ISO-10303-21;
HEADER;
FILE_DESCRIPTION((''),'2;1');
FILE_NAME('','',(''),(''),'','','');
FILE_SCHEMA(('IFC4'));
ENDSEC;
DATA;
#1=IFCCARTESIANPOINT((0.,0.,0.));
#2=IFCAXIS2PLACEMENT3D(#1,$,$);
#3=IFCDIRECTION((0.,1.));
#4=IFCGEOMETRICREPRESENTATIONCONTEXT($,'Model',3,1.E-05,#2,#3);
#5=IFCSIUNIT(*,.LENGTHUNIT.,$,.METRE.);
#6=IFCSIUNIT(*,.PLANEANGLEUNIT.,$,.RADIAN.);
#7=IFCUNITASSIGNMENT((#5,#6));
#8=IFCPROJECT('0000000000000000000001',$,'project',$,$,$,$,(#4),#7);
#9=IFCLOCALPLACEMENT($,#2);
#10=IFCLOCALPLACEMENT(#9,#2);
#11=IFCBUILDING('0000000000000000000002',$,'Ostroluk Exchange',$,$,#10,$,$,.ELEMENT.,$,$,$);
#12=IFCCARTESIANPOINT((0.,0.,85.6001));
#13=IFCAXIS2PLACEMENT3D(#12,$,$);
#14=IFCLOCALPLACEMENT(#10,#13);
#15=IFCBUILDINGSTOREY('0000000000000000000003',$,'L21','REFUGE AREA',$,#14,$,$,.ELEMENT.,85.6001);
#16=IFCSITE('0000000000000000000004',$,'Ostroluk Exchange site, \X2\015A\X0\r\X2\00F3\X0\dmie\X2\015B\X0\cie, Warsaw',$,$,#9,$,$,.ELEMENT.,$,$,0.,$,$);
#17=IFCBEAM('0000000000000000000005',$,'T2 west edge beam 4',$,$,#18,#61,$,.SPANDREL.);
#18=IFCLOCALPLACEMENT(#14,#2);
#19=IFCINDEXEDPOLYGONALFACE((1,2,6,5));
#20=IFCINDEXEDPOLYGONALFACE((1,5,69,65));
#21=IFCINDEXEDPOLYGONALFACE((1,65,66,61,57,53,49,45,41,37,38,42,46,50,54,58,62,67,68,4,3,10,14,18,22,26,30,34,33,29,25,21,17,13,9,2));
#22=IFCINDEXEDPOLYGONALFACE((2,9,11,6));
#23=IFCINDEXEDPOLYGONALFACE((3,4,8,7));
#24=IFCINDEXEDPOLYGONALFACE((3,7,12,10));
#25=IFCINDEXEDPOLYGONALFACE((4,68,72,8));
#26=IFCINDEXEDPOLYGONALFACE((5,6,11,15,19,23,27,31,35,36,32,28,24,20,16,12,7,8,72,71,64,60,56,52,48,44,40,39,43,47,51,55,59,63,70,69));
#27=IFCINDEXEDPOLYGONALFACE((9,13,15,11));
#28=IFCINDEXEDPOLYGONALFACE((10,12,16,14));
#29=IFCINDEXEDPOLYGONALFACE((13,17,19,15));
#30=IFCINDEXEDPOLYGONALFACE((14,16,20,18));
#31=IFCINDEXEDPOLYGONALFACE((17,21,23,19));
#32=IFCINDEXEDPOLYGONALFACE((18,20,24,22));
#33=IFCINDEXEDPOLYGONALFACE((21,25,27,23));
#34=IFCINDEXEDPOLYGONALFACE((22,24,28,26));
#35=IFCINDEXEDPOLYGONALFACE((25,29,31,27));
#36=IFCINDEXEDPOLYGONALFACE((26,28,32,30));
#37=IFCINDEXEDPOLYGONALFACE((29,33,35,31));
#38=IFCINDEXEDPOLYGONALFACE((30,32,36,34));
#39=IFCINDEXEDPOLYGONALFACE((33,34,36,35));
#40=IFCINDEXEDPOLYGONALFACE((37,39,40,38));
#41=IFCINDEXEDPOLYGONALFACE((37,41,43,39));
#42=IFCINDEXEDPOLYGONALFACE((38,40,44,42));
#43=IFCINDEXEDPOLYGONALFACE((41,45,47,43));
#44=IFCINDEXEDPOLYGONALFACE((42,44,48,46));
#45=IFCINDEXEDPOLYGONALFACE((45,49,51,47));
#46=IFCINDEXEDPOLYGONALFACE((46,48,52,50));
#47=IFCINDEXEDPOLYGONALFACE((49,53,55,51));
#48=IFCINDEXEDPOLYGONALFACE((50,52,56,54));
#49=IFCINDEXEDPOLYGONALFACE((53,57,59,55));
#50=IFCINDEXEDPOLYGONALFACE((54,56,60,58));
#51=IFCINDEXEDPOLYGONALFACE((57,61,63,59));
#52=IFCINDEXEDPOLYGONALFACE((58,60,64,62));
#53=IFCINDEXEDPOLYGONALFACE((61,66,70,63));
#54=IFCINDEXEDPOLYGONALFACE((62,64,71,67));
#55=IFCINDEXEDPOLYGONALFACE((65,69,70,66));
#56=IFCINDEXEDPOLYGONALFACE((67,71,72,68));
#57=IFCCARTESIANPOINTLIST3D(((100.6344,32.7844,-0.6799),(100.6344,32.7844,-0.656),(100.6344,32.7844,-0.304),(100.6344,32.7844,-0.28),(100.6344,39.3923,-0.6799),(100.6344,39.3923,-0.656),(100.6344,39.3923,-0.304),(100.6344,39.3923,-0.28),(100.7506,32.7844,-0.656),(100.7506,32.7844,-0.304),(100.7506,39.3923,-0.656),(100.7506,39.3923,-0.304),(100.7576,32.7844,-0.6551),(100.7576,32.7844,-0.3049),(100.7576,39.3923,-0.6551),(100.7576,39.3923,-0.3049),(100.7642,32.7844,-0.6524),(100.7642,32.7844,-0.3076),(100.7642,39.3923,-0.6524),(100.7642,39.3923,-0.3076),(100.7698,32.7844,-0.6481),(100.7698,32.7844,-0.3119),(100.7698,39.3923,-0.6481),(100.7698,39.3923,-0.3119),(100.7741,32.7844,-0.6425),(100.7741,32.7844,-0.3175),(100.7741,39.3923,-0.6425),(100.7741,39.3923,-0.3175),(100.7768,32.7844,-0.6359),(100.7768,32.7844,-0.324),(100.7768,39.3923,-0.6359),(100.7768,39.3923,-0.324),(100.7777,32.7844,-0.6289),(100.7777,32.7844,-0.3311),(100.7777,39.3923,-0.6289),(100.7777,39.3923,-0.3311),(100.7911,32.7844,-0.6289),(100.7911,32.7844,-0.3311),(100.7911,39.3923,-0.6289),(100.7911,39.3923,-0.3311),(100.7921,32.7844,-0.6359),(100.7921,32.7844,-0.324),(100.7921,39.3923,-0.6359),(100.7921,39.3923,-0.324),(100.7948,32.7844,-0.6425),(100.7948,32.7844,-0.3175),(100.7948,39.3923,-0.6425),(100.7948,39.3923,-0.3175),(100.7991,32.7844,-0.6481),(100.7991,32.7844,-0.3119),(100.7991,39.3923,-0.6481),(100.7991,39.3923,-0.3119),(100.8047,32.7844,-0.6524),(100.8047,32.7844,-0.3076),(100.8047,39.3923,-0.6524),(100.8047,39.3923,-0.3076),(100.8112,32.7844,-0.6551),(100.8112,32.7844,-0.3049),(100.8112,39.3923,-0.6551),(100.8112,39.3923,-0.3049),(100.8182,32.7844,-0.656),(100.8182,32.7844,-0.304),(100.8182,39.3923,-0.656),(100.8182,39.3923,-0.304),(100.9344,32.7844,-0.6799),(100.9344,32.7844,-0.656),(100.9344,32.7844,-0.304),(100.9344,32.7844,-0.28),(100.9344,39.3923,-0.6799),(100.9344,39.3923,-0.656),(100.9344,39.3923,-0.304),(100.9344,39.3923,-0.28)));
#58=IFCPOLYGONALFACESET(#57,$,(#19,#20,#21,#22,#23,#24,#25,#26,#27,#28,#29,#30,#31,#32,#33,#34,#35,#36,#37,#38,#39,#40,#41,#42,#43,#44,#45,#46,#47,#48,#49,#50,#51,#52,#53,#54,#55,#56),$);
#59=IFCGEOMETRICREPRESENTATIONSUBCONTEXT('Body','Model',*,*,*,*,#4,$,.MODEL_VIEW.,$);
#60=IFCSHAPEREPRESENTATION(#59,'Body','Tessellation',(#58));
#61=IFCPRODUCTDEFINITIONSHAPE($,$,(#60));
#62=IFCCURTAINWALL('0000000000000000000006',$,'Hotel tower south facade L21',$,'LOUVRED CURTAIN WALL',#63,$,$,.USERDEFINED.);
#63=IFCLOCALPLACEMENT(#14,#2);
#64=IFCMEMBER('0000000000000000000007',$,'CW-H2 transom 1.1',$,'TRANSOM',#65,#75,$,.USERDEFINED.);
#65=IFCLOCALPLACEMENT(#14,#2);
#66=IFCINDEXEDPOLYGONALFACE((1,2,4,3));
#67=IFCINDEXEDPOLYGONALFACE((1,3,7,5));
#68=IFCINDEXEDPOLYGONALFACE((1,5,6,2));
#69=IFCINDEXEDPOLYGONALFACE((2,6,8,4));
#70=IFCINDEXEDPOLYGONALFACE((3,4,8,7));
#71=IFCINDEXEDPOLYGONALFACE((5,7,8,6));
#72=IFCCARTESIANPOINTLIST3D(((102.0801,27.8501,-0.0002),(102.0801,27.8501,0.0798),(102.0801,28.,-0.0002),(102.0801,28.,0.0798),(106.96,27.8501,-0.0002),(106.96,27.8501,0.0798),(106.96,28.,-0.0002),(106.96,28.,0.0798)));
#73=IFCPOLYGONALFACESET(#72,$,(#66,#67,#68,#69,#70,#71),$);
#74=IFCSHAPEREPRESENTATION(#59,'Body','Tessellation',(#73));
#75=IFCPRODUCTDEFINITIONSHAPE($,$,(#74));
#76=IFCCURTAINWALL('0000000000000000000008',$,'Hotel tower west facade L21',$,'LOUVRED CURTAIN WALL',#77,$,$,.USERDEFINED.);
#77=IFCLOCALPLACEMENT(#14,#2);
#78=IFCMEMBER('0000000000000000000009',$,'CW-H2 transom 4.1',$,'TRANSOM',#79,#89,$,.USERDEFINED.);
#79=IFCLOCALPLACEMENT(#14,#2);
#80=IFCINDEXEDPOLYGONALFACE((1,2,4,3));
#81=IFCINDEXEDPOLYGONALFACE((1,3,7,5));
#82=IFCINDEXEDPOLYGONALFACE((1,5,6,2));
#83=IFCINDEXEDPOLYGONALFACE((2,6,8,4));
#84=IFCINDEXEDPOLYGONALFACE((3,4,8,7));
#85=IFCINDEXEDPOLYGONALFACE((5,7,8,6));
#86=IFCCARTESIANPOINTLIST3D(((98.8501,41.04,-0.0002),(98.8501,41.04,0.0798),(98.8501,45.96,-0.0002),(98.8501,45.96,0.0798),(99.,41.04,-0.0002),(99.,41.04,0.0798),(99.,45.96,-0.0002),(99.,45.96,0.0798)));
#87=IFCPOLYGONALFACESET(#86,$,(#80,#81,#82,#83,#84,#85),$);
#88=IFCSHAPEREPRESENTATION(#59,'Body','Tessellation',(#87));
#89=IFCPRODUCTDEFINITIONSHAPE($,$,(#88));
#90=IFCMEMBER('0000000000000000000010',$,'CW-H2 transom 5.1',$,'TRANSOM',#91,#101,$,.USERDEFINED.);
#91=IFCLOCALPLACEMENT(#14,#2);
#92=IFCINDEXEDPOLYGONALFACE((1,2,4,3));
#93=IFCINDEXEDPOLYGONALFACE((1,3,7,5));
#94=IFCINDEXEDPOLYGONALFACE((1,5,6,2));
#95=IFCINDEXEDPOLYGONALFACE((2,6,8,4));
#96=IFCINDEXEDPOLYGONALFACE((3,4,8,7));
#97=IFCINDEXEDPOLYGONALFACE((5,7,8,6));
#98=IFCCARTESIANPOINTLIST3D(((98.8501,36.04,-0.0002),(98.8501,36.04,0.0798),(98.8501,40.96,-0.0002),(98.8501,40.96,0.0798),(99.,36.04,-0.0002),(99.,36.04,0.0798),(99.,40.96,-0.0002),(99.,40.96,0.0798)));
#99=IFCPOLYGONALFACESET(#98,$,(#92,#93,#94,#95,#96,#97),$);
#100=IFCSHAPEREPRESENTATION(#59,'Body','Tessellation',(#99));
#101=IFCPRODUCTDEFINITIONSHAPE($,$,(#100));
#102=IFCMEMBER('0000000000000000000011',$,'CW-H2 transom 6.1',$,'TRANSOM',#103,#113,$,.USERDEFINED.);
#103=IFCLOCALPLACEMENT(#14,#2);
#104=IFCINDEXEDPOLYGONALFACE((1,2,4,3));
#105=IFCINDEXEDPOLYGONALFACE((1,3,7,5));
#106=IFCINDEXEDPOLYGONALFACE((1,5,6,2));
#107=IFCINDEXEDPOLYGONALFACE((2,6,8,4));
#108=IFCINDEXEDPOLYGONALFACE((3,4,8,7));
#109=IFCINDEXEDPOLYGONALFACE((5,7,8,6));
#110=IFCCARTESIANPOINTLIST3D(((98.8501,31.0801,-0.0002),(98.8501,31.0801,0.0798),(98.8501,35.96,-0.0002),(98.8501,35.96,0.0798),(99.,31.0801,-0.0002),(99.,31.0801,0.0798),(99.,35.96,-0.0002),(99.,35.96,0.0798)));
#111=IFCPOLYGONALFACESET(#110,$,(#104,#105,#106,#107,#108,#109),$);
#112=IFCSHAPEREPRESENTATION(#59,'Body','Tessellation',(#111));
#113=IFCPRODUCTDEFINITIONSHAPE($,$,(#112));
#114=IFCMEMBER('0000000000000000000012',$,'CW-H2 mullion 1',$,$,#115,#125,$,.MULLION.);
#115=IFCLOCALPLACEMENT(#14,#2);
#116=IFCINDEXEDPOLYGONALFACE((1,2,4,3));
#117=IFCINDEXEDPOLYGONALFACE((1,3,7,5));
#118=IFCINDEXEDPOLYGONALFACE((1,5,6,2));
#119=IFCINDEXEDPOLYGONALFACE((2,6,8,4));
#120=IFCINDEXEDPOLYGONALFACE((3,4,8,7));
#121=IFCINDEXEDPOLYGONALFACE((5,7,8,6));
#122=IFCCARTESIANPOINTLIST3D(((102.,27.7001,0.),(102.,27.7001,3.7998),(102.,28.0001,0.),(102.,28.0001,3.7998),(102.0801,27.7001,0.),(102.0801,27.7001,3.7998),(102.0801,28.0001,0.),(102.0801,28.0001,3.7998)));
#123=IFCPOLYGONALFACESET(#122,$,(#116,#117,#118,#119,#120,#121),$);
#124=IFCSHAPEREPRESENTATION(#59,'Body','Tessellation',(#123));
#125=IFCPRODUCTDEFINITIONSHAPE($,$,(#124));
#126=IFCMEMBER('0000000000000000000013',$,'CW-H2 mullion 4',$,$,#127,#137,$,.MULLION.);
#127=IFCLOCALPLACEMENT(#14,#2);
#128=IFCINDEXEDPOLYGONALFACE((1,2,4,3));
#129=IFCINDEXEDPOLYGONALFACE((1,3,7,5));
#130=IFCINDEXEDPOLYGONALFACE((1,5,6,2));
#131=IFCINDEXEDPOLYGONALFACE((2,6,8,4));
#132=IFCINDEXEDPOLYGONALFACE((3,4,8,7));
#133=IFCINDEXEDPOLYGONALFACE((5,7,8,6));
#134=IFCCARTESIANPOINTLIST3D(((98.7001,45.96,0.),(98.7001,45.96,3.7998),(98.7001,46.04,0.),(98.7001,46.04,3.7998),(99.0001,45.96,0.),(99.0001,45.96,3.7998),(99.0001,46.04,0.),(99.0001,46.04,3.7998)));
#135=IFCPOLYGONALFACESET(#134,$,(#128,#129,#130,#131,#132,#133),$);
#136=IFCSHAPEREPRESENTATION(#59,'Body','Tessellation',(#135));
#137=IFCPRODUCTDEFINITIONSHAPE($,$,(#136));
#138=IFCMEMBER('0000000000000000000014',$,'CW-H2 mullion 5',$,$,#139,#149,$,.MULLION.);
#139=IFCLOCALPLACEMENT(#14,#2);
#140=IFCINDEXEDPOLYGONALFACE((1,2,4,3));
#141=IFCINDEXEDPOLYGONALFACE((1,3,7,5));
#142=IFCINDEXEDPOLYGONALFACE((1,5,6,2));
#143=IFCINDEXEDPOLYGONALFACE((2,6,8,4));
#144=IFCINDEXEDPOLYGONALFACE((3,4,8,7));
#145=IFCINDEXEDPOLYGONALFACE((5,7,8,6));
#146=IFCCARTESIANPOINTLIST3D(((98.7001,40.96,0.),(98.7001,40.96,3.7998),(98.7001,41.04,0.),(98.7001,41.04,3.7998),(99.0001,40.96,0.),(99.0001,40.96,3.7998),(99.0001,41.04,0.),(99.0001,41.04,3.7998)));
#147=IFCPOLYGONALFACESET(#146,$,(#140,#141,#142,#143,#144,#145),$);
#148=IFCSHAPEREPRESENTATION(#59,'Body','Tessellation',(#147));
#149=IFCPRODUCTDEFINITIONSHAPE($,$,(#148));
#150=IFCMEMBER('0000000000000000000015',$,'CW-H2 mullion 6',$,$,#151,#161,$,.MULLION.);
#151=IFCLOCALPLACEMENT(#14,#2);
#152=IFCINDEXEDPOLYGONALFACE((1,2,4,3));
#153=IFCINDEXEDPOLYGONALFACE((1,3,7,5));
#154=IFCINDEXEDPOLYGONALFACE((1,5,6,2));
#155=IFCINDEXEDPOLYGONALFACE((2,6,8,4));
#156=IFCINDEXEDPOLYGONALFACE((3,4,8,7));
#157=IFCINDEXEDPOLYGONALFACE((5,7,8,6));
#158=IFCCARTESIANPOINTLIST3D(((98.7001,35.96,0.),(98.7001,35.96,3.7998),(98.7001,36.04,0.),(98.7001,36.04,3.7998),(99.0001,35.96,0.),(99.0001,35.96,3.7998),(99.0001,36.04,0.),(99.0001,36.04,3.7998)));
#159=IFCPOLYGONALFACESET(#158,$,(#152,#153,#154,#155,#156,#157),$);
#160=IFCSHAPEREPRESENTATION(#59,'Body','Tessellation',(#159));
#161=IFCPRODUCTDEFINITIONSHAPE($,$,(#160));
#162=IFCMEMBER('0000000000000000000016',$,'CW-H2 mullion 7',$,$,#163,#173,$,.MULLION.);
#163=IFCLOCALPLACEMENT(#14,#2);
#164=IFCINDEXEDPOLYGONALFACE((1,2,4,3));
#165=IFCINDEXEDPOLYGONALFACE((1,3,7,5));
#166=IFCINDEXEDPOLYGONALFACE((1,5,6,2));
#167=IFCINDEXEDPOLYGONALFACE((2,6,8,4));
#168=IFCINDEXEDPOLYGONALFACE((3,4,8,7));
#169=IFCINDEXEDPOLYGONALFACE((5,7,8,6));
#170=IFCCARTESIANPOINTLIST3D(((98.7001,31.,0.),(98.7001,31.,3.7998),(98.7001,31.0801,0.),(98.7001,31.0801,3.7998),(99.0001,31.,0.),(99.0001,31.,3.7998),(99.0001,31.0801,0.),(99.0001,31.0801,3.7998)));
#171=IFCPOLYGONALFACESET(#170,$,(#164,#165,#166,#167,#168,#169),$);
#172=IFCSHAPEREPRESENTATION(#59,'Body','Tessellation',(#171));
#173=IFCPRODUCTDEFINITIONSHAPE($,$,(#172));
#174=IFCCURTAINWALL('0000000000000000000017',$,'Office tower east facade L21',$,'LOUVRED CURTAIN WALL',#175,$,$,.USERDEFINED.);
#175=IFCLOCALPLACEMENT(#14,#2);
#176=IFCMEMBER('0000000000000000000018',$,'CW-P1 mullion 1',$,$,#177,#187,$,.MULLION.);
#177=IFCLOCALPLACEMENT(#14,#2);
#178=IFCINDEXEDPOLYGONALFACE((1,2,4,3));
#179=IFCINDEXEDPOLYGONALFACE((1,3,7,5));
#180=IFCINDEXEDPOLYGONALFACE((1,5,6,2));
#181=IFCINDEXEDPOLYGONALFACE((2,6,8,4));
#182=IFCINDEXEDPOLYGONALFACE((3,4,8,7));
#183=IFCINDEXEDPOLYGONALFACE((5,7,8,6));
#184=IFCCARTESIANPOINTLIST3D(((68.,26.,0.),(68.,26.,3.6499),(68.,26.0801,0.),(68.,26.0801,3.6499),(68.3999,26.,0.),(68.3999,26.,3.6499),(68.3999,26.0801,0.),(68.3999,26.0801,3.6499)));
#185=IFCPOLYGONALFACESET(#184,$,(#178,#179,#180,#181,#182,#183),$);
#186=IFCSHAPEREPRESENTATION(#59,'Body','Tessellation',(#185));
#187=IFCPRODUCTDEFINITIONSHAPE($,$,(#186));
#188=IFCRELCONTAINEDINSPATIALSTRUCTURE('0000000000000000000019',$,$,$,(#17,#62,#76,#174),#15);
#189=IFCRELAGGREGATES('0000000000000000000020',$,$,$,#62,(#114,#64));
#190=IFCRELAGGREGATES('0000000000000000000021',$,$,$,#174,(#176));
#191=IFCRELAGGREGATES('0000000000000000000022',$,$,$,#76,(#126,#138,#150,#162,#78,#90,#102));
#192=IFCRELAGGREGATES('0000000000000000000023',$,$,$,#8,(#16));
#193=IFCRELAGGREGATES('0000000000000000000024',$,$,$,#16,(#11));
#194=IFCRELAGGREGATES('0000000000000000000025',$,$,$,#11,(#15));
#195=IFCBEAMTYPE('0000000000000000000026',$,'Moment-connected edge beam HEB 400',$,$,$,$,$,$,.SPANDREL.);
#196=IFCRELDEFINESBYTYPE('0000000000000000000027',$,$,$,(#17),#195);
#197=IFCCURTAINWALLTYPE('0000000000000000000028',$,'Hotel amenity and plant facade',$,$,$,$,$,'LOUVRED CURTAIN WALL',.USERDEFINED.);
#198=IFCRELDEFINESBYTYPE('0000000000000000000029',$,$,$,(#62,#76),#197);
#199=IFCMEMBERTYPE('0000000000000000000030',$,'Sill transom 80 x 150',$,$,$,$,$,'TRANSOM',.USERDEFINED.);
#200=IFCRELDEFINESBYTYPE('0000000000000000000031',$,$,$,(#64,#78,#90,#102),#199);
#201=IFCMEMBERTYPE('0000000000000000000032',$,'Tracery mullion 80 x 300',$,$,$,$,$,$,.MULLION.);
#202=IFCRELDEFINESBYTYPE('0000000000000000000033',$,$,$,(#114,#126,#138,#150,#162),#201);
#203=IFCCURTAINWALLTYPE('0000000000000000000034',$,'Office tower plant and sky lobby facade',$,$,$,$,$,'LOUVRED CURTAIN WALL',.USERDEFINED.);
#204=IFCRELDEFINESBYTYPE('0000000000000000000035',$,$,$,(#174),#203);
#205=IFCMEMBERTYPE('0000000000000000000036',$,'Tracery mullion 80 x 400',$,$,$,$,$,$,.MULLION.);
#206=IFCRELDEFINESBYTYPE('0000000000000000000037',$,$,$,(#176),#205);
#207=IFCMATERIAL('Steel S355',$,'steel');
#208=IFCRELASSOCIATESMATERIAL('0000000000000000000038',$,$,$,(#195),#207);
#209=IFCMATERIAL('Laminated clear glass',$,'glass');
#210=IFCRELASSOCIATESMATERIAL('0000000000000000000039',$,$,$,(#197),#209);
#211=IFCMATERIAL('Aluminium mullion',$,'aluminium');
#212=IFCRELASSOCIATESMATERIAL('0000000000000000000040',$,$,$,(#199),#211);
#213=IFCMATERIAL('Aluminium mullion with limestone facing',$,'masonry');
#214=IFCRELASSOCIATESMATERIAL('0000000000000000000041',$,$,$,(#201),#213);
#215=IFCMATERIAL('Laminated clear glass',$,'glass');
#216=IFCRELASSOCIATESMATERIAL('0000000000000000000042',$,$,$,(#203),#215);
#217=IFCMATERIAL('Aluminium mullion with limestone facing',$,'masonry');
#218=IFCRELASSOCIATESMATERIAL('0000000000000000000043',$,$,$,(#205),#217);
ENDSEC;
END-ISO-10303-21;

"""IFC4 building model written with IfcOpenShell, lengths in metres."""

from ifc_helpers import new_model, si_unit, direction, frame, origin, origin_2d, place, context, subcontext, project, spatial, rectangle, i_section, extrude, material, material_profile, profile_set, type_object, element, aggregate, save


model = new_model("IFC4")

# Units and contexts
model_context = context("Model", 3, precision=1e-05, world=origin(), true_north=direction((0.0, 1.0)))
body_context = subcontext(model_context, "Body", "Model", "MODEL_VIEW")
ifc_project = project(units=[si_unit("LENGTHUNIT", "METRE"), si_unit("PLANEANGLEUNIT", "RADIAN")], contexts=[model_context])

# Site, building, storey
site_placement = place(None, origin())
site = spatial("IfcSite", under=ifc_project, at=site_placement, Name="Ostroluk Exchange site, Śródmieście, Warsaw", CompositionType="ELEMENT", RefElevation=0.0)
building_placement = place(site_placement, origin())
building = spatial("IfcBuilding", under=site, at=building_placement, Name="Ostroluk Exchange", CompositionType="ELEMENT")
storey_placement = place(building_placement, frame((0.0, 0.0, 85.6001)))
storey = spatial("IfcBuildingStorey", under=building, at=storey_placement, Name="L21", Description="REFUGE AREA", CompositionType="ELEMENT", Elevation=85.6001)

# Beam
ifc_material_1 = material(Name="Steel S355", Category="steel")
ifc_material_profile_1 = material_profile(ifc_material_1, i_section(OverallWidth=0.3, OverallDepth=0.3999, WebThickness=0.0134, FlangeThickness=0.0239, FilletRadius=0.0271, at=origin_2d()), Name="HEB 400")
ifc_profile_set_1 = profile_set([ifc_material_profile_1], Name="Steel S355")
beam_type = type_object("IfcBeamType", Name="Moment-connected edge beam HEB 400", PredefinedType="SPANDREL", material=ifc_profile_set_1)
beam_placement = place(storey_placement, frame((100.7844, 39.3923, -0.48), z_axis=(0.0, -1.0, 0.0), x_axis=(1.0, 0.0, 0.0)))
element("IfcBeam", 1, at=beam_placement, inside=storey, type_object=beam_type, Name="T2 west edge beam 4", PredefinedType="SPANDREL", context=body_context, shape_type="SweptSolid", body=[
    extrude(i_section(OverallWidth=0.3, OverallDepth=0.3999, WebThickness=0.0134, FlangeThickness=0.0239, FilletRadius=0.0271, at=origin_2d()), origin(), (0.0, 0.0, 1.0), 6.6079),
])

# Curtain wall, member
ifc_material_2 = material(Name="Laminated clear glass", Category="glass")
curtain_wall_type_1 = type_object("IfcCurtainWallType", Name="Hotel amenity and plant facade", ElementType="LOUVRED CURTAIN WALL", PredefinedType="USERDEFINED", material=ifc_material_2)
curtain_wall_1_placement = place(storey_placement, origin())
curtain_wall_1 = element("IfcCurtainWall", 2, at=curtain_wall_1_placement, inside=storey, type_object=curtain_wall_type_1, Name="Hotel tower south facade L21", ObjectType="LOUVRED CURTAIN WALL", PredefinedType="USERDEFINED")
ifc_material_3 = material(Name="Aluminium mullion", Category="aluminium")
ifc_material_profile_2 = material_profile(ifc_material_3, rectangle(XDim=0.1499, YDim=0.0801, at=origin_2d()), Name="Sill transom 80 x 150")
ifc_profile_set_2 = profile_set([ifc_material_profile_2], Name="Aluminium mullion")
member_type_1 = type_object("IfcMemberType", Name="Sill transom 80 x 150", ElementType="TRANSOM", PredefinedType="USERDEFINED", material=ifc_profile_set_2)
member_1_placement = place(storey_placement, frame((102.0801, 27.925, 0.0398), z_axis=(1.0, 0.0, 0.0), x_axis=(0.0, 1.0, 0.0)))
member_1 = element("IfcMember", 3, at=member_1_placement, type_object=member_type_1, Name="CW-H2 transom 1.1", ObjectType="TRANSOM", PredefinedType="USERDEFINED", context=body_context, shape_type="SweptSolid", body=[
    extrude(rectangle(XDim=0.1499, YDim=0.0801, at=origin_2d()), origin(), (0.0, 0.0, 1.0), 4.8799),
])

# Curtain wall, members
curtain_wall_2_placement = place(storey_placement, origin())
curtain_wall_2 = element("IfcCurtainWall", 4, at=curtain_wall_2_placement, inside=storey, type_object=curtain_wall_type_1, Name="Hotel tower west facade L21", ObjectType="LOUVRED CURTAIN WALL", PredefinedType="USERDEFINED")
member_2_placement = place(storey_placement, frame((98.925, 45.96, 0.0398), z_axis=(0.0, -1.0, 0.0), x_axis=(1.0, 0.0, 0.0)))
member_2 = element("IfcMember", 5, at=member_2_placement, type_object=member_type_1, Name="CW-H2 transom 4.1", ObjectType="TRANSOM", PredefinedType="USERDEFINED", context=body_context, shape_type="SweptSolid", body=[
    extrude(rectangle(XDim=0.1499, YDim=0.0801, at=origin_2d()), origin(), (0.0, 0.0, 1.0), 4.9199),
])
member_3_placement = place(storey_placement, frame((98.925, 40.96, 0.0398), z_axis=(0.0, -1.0, 0.0), x_axis=(1.0, 0.0, 0.0)))
member_3 = element("IfcMember", 6, at=member_3_placement, type_object=member_type_1, Name="CW-H2 transom 5.1", ObjectType="TRANSOM", PredefinedType="USERDEFINED", context=body_context, shape_type="SweptSolid", body=[
    extrude(rectangle(XDim=0.1499, YDim=0.0801, at=origin_2d()), origin(), (0.0, 0.0, 1.0), 4.9199),
])
member_4_placement = place(storey_placement, frame((98.925, 35.96, 0.0398), z_axis=(0.0, -1.0, 0.0), x_axis=(1.0, 0.0, 0.0)))
member_4 = element("IfcMember", 7, at=member_4_placement, type_object=member_type_1, Name="CW-H2 transom 6.1", ObjectType="TRANSOM", PredefinedType="USERDEFINED", context=body_context, shape_type="SweptSolid", body=[
    extrude(rectangle(XDim=0.1499, YDim=0.0801, at=origin_2d()), origin(), (0.0, 0.0, 1.0), 4.8799),
])

# Members
ifc_material_4 = material(Name="Aluminium mullion with limestone facing", Category="masonry")
ifc_material_profile_3 = material_profile(ifc_material_4, rectangle(XDim=0.3, YDim=0.0801, at=origin_2d()), Name="Tracery mullion 80 x 300")
ifc_profile_set_3 = profile_set([ifc_material_profile_3], Name="Aluminium mullion with limestone facing")
member_type_2 = type_object("IfcMemberType", Name="Tracery mullion 80 x 300", PredefinedType="MULLION", material=ifc_profile_set_3)
member_5_placement = place(storey_placement, frame((102.04, 27.8501, 0.0), z_axis=(0.0, 0.0, 1.0), x_axis=(0.0, 1.0, 0.0)))
member_5 = element("IfcMember", 8, at=member_5_placement, type_object=member_type_2, Name="CW-H2 mullion 1", PredefinedType="MULLION", context=body_context, shape_type="SweptSolid", body=[
    extrude(rectangle(XDim=0.3, YDim=0.0801, at=origin_2d()), origin(), (0.0, 0.0, 1.0), 3.7998),
])
aggregate(curtain_wall_1, [member_5, member_1])
member_6_placement = place(storey_placement, frame((98.8501, 46.0, 0.0), z_axis=(0.0, 0.0, 1.0), x_axis=(1.0, 0.0, 0.0)))
member_6 = element("IfcMember", 9, at=member_6_placement, type_object=member_type_2, Name="CW-H2 mullion 4", PredefinedType="MULLION", context=body_context, shape_type="SweptSolid", body=[
    extrude(rectangle(XDim=0.3, YDim=0.0801, at=origin_2d()), origin(), (0.0, 0.0, 1.0), 3.7998),
])
member_7_placement = place(storey_placement, frame((98.8501, 41.0, 0.0), z_axis=(0.0, 0.0, 1.0), x_axis=(1.0, 0.0, 0.0)))
member_7 = element("IfcMember", 10, at=member_7_placement, type_object=member_type_2, Name="CW-H2 mullion 5", PredefinedType="MULLION", context=body_context, shape_type="SweptSolid", body=[
    extrude(rectangle(XDim=0.3, YDim=0.0801, at=origin_2d()), origin(), (0.0, 0.0, 1.0), 3.7998),
])
member_8_placement = place(storey_placement, frame((98.8501, 36.0, 0.0), z_axis=(0.0, 0.0, 1.0), x_axis=(1.0, 0.0, 0.0)))
member_8 = element("IfcMember", 11, at=member_8_placement, type_object=member_type_2, Name="CW-H2 mullion 6", PredefinedType="MULLION", context=body_context, shape_type="SweptSolid", body=[
    extrude(rectangle(XDim=0.3, YDim=0.0801, at=origin_2d()), origin(), (0.0, 0.0, 1.0), 3.7998),
])
member_9_placement = place(storey_placement, frame((98.8501, 31.04, 0.0), z_axis=(0.0, 0.0, 1.0), x_axis=(1.0, 0.0, 0.0)))
member_9 = element("IfcMember", 12, at=member_9_placement, type_object=member_type_2, Name="CW-H2 mullion 7", PredefinedType="MULLION", context=body_context, shape_type="SweptSolid", body=[
    extrude(rectangle(XDim=0.3, YDim=0.0801, at=origin_2d()), origin(), (0.0, 0.0, 1.0), 3.7998),
])

# Curtain wall, member
ifc_material_5 = material(Name="Laminated clear glass", Category="glass")
curtain_wall_type_2 = type_object("IfcCurtainWallType", Name="Office tower plant and sky lobby facade", ElementType="LOUVRED CURTAIN WALL", PredefinedType="USERDEFINED", material=ifc_material_5)
curtain_wall_3_placement = place(storey_placement, origin())
curtain_wall_3 = element("IfcCurtainWall", 13, at=curtain_wall_3_placement, inside=storey, type_object=curtain_wall_type_2, Name="Office tower east facade L21", ObjectType="LOUVRED CURTAIN WALL", PredefinedType="USERDEFINED")
ifc_material_6 = material(Name="Aluminium mullion with limestone facing", Category="masonry")
ifc_material_profile_4 = material_profile(ifc_material_6, rectangle(XDim=0.3999, YDim=0.0801, at=origin_2d()), Name="Tracery mullion 80 x 400")
ifc_profile_set_4 = profile_set([ifc_material_profile_4], Name="Aluminium mullion with limestone facing")
member_type_3 = type_object("IfcMemberType", Name="Tracery mullion 80 x 400", PredefinedType="MULLION", material=ifc_profile_set_4)
member_10_placement = place(storey_placement, frame((68.2, 26.04, 0.0), z_axis=(0.0, 0.0, 1.0), x_axis=(-1.0, 0.0, 0.0)))
member_10 = element("IfcMember", 14, at=member_10_placement, type_object=member_type_3, Name="CW-P1 mullion 1", PredefinedType="MULLION", context=body_context, shape_type="SweptSolid", body=[
    extrude(rectangle(XDim=0.3999, YDim=0.0801, at=origin_2d()), origin(), (0.0, 0.0, 1.0), 3.6499),
])
aggregate(curtain_wall_3, [member_10])

aggregate(curtain_wall_2, [member_6, member_7, member_8, member_9, member_2, member_3, member_4])

save(model, "model.ifc")
